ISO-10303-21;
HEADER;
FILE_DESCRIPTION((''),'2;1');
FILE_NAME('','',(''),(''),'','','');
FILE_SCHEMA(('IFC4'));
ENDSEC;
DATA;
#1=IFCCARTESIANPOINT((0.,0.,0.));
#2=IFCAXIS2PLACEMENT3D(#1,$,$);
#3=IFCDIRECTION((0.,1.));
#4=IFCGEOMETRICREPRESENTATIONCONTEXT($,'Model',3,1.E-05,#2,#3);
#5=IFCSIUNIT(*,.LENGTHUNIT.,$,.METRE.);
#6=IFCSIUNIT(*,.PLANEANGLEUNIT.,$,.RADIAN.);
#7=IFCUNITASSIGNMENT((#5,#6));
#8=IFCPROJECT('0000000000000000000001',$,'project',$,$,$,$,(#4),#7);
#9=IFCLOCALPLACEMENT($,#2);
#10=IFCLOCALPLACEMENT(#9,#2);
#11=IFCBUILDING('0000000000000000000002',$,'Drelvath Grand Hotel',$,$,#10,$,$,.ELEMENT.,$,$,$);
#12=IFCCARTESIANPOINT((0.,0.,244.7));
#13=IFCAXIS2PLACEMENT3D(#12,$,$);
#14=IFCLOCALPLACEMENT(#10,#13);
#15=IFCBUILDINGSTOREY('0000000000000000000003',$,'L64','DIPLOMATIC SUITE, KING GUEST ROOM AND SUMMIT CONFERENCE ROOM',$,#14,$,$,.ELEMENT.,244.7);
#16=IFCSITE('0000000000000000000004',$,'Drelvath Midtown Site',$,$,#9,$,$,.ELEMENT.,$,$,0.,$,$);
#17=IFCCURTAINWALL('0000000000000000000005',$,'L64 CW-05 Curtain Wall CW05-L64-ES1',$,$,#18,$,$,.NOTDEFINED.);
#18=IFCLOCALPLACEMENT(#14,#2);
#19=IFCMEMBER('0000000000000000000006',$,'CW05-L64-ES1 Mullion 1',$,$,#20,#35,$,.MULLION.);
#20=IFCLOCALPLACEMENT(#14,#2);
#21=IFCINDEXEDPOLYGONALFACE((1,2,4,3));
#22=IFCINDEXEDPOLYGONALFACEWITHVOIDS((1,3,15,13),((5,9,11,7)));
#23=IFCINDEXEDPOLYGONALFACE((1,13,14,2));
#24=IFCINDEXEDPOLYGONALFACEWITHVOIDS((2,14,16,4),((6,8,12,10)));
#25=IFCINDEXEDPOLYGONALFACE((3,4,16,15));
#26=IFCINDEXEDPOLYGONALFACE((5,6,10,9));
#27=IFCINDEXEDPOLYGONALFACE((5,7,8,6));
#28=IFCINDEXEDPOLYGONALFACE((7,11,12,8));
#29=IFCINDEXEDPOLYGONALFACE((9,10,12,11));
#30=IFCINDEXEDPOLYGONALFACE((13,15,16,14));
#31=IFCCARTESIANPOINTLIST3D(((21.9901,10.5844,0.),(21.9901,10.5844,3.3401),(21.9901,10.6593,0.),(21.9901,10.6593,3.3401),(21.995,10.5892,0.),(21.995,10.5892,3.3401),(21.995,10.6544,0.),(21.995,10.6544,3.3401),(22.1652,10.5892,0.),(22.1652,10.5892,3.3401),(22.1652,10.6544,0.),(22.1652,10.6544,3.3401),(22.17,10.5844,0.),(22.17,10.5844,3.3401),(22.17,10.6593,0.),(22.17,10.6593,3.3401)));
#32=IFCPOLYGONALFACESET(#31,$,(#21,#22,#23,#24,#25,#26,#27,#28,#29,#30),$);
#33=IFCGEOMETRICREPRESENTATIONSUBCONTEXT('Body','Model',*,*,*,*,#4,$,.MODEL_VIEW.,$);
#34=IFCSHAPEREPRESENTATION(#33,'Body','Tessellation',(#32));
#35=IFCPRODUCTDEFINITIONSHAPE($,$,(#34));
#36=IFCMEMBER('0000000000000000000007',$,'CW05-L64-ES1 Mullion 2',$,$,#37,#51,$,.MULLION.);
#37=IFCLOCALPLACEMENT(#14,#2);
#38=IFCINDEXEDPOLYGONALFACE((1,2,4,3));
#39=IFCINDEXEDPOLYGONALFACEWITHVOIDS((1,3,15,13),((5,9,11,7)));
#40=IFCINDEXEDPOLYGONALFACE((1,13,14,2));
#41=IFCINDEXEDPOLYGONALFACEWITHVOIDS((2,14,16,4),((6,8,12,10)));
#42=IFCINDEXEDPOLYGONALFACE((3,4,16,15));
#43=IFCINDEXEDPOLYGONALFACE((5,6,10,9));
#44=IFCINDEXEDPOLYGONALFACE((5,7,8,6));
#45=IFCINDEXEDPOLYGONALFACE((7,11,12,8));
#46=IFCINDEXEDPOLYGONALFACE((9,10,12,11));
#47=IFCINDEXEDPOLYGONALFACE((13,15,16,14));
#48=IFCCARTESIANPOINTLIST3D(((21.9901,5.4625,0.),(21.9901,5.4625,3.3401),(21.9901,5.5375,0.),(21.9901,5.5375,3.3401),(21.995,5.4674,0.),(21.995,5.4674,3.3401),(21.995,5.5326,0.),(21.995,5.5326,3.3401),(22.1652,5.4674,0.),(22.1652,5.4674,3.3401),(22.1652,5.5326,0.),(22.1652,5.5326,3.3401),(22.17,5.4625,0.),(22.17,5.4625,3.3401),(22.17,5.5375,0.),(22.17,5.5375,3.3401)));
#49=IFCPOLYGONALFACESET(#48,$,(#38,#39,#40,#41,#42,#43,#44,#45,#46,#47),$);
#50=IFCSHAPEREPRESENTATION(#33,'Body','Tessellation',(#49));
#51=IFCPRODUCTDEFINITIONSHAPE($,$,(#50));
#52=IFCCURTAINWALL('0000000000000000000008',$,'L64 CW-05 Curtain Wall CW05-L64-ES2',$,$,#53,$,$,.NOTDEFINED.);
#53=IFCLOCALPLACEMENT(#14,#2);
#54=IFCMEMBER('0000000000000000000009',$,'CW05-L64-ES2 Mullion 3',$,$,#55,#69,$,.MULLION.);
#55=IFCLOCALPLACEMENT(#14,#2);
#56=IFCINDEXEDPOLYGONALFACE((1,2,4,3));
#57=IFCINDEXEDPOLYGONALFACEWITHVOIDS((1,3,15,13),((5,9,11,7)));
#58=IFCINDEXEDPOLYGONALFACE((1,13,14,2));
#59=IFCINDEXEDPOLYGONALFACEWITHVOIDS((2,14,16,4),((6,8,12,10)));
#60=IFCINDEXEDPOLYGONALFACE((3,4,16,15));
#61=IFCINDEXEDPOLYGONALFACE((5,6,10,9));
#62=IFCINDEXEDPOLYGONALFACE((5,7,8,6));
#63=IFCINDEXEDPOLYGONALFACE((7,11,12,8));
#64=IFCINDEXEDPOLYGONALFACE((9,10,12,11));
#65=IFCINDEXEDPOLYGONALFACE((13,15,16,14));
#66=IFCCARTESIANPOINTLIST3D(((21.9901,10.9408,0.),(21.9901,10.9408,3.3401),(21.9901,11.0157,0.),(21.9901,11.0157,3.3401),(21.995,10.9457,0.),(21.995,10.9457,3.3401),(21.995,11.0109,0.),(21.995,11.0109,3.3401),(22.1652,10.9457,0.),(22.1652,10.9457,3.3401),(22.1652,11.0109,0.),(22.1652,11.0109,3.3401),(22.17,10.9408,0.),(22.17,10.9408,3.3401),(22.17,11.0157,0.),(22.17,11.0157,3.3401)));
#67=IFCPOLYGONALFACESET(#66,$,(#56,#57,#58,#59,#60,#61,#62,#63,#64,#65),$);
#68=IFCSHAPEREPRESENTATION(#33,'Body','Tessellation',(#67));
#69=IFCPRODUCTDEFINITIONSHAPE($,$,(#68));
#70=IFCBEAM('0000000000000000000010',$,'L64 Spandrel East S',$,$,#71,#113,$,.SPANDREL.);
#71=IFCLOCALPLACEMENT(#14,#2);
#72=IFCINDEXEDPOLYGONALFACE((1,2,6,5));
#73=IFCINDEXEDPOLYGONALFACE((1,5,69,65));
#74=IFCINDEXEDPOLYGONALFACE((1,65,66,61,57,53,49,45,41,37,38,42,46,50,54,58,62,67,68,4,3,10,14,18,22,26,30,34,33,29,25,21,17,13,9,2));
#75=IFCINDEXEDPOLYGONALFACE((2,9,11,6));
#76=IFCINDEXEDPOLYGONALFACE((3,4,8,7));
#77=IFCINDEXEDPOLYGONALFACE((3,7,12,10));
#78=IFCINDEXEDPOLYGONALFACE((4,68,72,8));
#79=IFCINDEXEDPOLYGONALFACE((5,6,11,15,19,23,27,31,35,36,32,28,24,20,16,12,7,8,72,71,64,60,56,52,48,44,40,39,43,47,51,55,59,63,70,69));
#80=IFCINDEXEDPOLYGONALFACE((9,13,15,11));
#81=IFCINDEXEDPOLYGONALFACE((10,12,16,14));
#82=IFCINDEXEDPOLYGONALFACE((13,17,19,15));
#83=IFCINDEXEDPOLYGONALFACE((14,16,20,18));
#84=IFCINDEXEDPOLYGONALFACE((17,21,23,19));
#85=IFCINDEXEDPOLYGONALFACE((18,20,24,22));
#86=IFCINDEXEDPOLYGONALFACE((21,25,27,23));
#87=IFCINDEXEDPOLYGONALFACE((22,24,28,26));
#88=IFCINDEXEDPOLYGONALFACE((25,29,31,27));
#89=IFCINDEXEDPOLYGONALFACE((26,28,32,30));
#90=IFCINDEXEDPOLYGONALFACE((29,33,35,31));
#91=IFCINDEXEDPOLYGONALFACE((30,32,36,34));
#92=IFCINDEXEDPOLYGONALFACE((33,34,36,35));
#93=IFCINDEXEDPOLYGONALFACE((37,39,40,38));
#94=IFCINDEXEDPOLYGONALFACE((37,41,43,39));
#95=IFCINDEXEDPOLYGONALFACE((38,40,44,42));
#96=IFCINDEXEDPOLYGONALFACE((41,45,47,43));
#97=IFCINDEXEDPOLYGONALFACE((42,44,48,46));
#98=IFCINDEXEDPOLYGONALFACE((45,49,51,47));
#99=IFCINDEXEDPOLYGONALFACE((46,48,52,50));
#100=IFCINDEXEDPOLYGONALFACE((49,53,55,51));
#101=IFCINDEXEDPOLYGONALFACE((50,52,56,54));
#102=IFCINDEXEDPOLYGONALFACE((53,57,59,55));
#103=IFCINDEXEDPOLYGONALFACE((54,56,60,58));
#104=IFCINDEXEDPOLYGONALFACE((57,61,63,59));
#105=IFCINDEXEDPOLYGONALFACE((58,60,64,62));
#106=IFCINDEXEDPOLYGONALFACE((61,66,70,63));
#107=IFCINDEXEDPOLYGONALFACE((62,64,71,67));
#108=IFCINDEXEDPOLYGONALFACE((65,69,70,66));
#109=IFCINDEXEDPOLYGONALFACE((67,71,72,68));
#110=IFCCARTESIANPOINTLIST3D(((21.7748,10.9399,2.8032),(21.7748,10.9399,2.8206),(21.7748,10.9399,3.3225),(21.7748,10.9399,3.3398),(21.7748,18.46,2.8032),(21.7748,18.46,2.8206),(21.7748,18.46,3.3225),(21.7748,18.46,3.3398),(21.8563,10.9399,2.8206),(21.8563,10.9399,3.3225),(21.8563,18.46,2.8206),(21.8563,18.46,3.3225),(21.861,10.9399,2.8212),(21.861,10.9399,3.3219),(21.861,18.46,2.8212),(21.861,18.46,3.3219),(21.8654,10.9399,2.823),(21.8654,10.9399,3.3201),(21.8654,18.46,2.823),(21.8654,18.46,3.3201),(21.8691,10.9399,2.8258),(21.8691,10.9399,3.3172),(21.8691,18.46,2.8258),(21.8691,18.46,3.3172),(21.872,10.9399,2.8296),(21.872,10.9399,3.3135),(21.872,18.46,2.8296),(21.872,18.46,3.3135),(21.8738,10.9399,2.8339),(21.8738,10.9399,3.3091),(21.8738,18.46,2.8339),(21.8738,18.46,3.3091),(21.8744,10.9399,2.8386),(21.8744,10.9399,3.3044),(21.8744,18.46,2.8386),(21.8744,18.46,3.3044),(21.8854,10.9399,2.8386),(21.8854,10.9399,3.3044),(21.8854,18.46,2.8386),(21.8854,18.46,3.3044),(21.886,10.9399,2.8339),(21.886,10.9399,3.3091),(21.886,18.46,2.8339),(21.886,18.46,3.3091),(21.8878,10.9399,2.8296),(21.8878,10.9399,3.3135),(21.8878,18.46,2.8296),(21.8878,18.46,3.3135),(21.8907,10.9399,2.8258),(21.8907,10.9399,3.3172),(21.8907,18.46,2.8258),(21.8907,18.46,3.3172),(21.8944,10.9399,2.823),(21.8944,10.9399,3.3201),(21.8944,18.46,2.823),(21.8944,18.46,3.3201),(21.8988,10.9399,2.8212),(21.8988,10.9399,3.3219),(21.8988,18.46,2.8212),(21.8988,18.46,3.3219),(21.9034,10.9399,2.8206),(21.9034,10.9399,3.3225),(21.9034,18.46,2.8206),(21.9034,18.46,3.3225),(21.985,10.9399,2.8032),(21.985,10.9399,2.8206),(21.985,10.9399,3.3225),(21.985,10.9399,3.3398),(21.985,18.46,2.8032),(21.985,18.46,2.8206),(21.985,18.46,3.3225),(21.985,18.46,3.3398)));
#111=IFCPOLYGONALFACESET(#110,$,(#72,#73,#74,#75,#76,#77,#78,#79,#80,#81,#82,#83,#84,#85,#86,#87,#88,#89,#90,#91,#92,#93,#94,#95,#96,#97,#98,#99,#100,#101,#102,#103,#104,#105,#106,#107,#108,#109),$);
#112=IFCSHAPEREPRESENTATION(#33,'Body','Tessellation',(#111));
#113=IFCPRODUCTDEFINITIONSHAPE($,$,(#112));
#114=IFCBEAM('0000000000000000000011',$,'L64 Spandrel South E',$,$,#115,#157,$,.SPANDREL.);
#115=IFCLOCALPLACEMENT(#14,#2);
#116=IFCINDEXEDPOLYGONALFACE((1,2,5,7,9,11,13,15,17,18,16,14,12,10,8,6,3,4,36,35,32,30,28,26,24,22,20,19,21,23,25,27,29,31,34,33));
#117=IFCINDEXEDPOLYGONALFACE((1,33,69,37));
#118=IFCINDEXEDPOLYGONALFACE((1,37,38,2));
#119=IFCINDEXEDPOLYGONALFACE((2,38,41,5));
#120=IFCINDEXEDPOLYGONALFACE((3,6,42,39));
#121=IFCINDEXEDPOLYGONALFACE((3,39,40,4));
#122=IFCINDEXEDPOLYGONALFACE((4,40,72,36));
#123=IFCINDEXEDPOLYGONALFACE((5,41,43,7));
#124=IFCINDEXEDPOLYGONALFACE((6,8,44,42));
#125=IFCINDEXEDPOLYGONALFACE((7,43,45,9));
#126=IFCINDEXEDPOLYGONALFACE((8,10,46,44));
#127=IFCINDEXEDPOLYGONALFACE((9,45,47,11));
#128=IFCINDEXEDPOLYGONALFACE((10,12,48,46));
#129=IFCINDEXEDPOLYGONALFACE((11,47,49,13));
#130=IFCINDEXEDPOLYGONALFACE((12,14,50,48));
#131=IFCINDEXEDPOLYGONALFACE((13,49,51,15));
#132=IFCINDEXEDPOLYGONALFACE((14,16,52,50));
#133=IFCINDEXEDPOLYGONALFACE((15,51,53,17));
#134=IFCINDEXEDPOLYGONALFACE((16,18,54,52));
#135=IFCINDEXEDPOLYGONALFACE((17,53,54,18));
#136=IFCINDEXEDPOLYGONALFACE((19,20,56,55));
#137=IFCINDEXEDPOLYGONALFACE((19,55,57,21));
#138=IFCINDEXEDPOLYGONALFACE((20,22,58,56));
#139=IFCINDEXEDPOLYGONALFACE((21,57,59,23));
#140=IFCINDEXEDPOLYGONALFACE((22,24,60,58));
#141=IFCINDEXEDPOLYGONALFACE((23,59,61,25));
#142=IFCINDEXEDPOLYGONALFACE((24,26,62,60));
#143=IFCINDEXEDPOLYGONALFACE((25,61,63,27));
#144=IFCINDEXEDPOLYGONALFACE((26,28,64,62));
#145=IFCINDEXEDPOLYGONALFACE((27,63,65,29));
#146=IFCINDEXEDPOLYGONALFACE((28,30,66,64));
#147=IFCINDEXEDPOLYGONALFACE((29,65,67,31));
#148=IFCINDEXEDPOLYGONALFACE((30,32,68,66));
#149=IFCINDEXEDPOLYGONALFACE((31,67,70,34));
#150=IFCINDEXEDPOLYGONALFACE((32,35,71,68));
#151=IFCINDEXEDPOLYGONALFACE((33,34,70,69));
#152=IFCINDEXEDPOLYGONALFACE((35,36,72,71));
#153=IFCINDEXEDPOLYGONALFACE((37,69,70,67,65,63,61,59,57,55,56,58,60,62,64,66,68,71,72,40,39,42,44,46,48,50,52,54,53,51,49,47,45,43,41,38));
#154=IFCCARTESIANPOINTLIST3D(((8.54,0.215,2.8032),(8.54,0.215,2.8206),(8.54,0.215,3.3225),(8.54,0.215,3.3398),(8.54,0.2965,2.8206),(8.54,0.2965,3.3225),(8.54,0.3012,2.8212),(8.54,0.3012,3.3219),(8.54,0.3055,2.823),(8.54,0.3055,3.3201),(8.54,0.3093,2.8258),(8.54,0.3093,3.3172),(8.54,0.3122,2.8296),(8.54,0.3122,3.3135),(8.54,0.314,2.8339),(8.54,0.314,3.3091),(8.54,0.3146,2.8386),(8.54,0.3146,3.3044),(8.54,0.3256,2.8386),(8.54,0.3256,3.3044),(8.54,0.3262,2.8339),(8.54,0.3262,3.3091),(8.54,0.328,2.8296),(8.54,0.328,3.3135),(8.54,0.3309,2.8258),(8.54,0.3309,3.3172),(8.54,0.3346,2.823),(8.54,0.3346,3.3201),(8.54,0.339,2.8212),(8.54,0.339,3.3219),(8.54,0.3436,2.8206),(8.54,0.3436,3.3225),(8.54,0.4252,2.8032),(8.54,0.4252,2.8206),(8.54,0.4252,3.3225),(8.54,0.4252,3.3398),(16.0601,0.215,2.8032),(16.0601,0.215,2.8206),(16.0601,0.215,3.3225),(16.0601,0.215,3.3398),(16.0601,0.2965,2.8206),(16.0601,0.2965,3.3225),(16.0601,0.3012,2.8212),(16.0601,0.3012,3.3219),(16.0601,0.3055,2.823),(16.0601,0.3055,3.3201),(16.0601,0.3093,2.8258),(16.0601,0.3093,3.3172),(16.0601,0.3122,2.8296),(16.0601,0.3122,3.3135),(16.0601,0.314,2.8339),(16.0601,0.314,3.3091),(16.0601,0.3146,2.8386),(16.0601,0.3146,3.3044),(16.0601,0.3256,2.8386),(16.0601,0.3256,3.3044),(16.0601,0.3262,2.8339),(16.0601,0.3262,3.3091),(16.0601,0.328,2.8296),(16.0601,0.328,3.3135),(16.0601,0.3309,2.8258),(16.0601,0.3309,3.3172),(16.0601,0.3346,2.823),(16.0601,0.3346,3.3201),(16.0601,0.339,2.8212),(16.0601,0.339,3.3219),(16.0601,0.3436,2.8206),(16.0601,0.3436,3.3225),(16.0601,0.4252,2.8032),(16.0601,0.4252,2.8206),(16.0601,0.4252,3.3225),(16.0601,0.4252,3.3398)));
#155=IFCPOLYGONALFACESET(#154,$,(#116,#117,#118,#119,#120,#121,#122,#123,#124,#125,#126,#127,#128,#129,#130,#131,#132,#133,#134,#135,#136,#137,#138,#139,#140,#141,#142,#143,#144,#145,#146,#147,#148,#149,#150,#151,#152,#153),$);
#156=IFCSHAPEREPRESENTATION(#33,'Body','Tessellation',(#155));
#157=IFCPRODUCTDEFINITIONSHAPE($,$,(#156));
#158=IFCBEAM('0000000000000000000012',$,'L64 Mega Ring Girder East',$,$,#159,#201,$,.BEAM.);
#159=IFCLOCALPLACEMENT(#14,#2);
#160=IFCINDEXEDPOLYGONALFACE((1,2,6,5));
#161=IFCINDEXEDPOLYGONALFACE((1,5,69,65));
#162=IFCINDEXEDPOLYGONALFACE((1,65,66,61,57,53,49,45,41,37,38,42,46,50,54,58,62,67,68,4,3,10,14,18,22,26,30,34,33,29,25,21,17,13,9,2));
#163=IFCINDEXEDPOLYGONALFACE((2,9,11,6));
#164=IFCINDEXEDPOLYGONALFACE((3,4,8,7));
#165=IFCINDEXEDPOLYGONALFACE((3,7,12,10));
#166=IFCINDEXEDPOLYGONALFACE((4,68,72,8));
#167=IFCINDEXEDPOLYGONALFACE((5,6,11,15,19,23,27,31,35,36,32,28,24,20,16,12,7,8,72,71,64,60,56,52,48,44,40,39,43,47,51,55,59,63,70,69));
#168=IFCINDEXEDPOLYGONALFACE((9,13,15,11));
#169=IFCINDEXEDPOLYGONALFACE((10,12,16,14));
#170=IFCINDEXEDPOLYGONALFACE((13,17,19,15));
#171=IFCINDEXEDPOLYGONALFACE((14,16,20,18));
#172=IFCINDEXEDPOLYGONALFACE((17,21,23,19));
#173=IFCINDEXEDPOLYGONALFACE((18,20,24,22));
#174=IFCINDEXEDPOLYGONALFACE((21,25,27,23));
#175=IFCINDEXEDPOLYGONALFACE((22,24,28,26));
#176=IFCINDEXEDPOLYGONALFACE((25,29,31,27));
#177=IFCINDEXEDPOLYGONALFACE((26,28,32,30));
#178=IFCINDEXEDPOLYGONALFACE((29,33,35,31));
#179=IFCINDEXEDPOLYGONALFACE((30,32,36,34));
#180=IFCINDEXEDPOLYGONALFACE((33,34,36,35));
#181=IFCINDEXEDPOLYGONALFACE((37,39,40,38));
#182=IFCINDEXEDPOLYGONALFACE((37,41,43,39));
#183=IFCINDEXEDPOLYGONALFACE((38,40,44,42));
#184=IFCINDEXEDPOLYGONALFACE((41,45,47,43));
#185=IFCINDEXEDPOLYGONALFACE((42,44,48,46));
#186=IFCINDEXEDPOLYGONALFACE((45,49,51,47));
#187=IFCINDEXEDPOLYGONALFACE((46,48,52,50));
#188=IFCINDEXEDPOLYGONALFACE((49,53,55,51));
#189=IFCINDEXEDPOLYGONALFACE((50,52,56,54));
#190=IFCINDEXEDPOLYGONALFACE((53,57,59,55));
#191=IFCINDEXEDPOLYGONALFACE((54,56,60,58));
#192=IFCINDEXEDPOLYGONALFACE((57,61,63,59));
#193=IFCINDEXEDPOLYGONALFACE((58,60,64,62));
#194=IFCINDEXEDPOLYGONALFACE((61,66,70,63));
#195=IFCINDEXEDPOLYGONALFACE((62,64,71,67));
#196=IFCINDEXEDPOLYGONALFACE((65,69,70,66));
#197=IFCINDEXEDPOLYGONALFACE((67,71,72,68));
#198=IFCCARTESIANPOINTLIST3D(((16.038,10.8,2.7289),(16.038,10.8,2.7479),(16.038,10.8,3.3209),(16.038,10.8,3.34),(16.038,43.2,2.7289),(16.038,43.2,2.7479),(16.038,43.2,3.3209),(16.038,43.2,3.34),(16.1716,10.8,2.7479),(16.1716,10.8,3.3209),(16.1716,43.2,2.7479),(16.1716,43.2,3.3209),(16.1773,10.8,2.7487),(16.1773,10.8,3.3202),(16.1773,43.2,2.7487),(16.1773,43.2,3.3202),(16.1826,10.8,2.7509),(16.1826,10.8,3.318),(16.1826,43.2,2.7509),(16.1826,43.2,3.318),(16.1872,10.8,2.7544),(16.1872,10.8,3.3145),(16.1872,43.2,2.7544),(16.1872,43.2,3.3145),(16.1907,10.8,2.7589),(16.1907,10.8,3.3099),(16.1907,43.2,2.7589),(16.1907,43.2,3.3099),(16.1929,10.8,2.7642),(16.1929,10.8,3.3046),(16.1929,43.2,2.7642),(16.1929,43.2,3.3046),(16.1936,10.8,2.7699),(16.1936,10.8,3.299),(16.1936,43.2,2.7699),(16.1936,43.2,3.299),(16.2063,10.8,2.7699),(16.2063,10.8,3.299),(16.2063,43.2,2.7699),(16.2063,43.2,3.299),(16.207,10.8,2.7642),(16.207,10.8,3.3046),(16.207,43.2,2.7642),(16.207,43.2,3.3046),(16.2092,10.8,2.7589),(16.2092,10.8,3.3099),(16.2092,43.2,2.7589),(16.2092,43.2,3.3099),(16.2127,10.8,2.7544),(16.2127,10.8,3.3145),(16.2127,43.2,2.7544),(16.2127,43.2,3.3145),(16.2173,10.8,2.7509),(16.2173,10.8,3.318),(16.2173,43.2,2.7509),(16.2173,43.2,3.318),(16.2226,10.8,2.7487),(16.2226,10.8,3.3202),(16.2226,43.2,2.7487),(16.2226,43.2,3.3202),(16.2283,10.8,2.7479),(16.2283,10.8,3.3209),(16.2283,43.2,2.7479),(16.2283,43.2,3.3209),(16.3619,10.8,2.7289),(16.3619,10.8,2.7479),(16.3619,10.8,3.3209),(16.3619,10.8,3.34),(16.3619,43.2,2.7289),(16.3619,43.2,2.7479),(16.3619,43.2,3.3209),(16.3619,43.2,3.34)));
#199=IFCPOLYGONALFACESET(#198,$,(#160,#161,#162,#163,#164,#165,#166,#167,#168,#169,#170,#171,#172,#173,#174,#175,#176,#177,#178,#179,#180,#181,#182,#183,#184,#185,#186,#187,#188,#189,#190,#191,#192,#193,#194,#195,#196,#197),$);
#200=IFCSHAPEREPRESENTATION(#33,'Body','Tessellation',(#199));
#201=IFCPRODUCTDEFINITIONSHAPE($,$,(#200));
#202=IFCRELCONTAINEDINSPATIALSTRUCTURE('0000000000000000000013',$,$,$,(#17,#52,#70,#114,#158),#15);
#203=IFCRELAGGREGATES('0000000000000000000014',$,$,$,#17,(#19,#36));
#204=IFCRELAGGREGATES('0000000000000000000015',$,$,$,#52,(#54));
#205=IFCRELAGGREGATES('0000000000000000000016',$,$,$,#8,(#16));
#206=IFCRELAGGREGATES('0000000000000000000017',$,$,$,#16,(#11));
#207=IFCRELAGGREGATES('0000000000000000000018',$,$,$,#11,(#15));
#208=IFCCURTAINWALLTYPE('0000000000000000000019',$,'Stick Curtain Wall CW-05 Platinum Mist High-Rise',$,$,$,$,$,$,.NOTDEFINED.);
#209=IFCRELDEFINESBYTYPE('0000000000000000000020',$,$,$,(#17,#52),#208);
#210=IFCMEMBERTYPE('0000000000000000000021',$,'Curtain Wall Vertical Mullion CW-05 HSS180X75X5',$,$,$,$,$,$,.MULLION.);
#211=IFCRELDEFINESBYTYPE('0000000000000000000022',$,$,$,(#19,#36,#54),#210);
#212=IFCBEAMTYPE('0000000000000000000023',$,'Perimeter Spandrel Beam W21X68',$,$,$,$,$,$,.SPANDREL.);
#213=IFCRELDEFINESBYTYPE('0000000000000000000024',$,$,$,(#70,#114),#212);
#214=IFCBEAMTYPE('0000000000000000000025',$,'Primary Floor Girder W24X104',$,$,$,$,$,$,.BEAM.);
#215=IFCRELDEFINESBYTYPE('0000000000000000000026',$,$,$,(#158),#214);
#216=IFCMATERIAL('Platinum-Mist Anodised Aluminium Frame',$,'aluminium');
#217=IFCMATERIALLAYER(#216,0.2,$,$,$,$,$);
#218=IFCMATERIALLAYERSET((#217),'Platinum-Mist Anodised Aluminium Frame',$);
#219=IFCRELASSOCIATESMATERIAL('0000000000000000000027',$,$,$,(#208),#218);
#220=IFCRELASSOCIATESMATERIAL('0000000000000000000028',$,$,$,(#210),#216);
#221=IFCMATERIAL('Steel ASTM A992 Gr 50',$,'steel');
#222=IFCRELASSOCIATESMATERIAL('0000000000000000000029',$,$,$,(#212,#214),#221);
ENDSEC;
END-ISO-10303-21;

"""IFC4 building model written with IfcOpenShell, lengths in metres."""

from ifc_helpers import new_model, si_unit, direction, frame, origin, origin_2d, place, context, subcontext, project, spatial, hollow_rectangle, i_section, extrude, material, layer, layer_set, material_profile, profile_set, type_object, element, aggregate, save


model = new_model("IFC4")

# Units and contexts
model_context = context("Model", 3, precision=1e-05, world=origin(), true_north=direction((0.0, 1.0)))
body_context = subcontext(model_context, "Body", "Model", "MODEL_VIEW")
ifc_project = project(units=[si_unit("LENGTHUNIT", "METRE"), si_unit("PLANEANGLEUNIT", "RADIAN")], contexts=[model_context])

# Site, building, storey
site_placement = place(None, origin())
site = spatial("IfcSite", under=ifc_project, at=site_placement, Name="Drelvath Midtown Site", CompositionType="ELEMENT", RefElevation=0.0)
building_placement = place(site_placement, origin())
building = spatial("IfcBuilding", under=site, at=building_placement, Name="Drelvath Grand Hotel", CompositionType="ELEMENT")
storey_placement = place(building_placement, frame((0.0, 0.0, 244.7)))
storey = spatial("IfcBuildingStorey", under=building, at=storey_placement, Name="L64", Description="DIPLOMATIC SUITE, KING GUEST ROOM AND SUMMIT CONFERENCE ROOM", CompositionType="ELEMENT", Elevation=244.7)

# Shared definitions
ifc_material_1 = material(Name="Steel ASTM A992 Gr 50", Category="steel")

# Curtain wall, members
ifc_material_2 = material(Name="Platinum-Mist Anodised Aluminium Frame", Category="aluminium")
ifc_layer_1 = layer(ifc_material_2, 0.2)
ifc_layer_set_1 = layer_set([ifc_layer_1], Name="Platinum-Mist Anodised Aluminium Frame")
curtain_wall_type = type_object("IfcCurtainWallType", Name="Stick Curtain Wall CW-05 Platinum Mist High-Rise", PredefinedType="NOTDEFINED", material=ifc_layer_set_1)
curtain_wall_1_placement = place(storey_placement, origin())
curtain_wall_1 = element("IfcCurtainWall", 1, at=curtain_wall_1_placement, inside=storey, type_object=curtain_wall_type, Name="L64 CW-05 Curtain Wall CW05-L64-ES1", PredefinedType="NOTDEFINED")
ifc_material_profile_1 = material_profile(ifc_material_2, hollow_rectangle(XDim=0.075, YDim=0.1799, WallThickness=0.0049, at=origin_2d()), Name="HSS180X75X5")
ifc_profile_set_1 = profile_set([ifc_material_profile_1], Name="Platinum-Mist Anodised Aluminium Frame")
member_type_1 = type_object("IfcMemberType", Name="Curtain Wall Vertical Mullion CW-05 HSS180X75X5", PredefinedType="MULLION", material=ifc_profile_set_1)
member_1_placement = place(storey_placement, frame((22.0801, 10.6218, 0.0), z_axis=(0.0, 0.0, 1.0), x_axis=(0.0, 1.0, 0.0)))
member_1 = element("IfcMember", 2, at=member_1_placement, type_object=member_type_1, Name="CW05-L64-ES1 Mullion 1", PredefinedType="MULLION", context=body_context, shape_type="SweptSolid", body=[
    extrude(hollow_rectangle(XDim=0.075, YDim=0.1799, WallThickness=0.0049, at=origin_2d()), origin(), (0.0, 0.0, 1.0), 3.3401),
])
member_2_placement = place(storey_placement, frame((22.0801, 5.5, 0.0), z_axis=(0.0, 0.0, 1.0), x_axis=(0.0, 1.0, 0.0)))
member_2 = element("IfcMember", 3, at=member_2_placement, type_object=member_type_1, Name="CW05-L64-ES1 Mullion 2", PredefinedType="MULLION", context=body_context, shape_type="SweptSolid", body=[
    extrude(hollow_rectangle(XDim=0.075, YDim=0.1799, WallThickness=0.0049, at=origin_2d()), origin(), (0.0, 0.0, 1.0), 3.3401),
])

# Curtain wall, member
curtain_wall_2_placement = place(storey_placement, origin())
curtain_wall_2 = element("IfcCurtainWall", 4, at=curtain_wall_2_placement, inside=storey, type_object=curtain_wall_type, Name="L64 CW-05 Curtain Wall CW05-L64-ES2", PredefinedType="NOTDEFINED")
member_3_placement = place(storey_placement, frame((22.0801, 10.9783, 0.0), z_axis=(0.0, 0.0, 1.0), x_axis=(0.0, 1.0, 0.0)))
member_3 = element("IfcMember", 5, at=member_3_placement, type_object=member_type_1, Name="CW05-L64-ES2 Mullion 3", PredefinedType="MULLION", context=body_context, shape_type="SweptSolid", body=[
    extrude(hollow_rectangle(XDim=0.075, YDim=0.1799, WallThickness=0.0049, at=origin_2d()), origin(), (0.0, 0.0, 1.0), 3.3401),
])

# Beams
ifc_material_profile_2 = material_profile(ifc_material_1, i_section(OverallWidth=0.2102, OverallDepth=0.5366, WebThickness=0.011, FlangeThickness=0.0173, FilletRadius=0.0181, at=origin_2d()), Name="W21X68")
ifc_profile_set_2 = profile_set([ifc_material_profile_2], Name="Steel ASTM A992 Gr 50")
beam_type_1 = type_object("IfcBeamType", Name="Perimeter Spandrel Beam W21X68", PredefinedType="SPANDREL", material=ifc_profile_set_2)
for number, where, z_axis, x_axis, name in (
    (6, (21.8799, 10.9399, 3.0715), (0.0, 1.0, 0.0), (-1.0, 0.0, 0.0), "L64 Spandrel East S"),
    (7, (8.54, 0.3201, 3.0715), (1.0, 0.0, 0.0), (0.0, 1.0, 0.0), "L64 Spandrel South E"),
):
    element("IfcBeam", number, at=place(storey_placement, frame(where, z_axis=z_axis, x_axis=x_axis)), inside=storey, type_object=beam_type_1, Name=name, PredefinedType="SPANDREL", context=body_context, shape_type="SweptSolid", body=[
        extrude(i_section(OverallWidth=0.2102, OverallDepth=0.5366, WebThickness=0.011, FlangeThickness=0.0173, FilletRadius=0.0181, at=origin_2d()), origin(), (0.0, 0.0, 1.0), 7.52),
    ])
ifc_material_profile_3 = material_profile(ifc_material_1, i_section(OverallWidth=0.324, OverallDepth=0.6111, WebThickness=0.0127, FlangeThickness=0.019, FilletRadius=0.022, at=origin_2d()), Name="W24X104")
ifc_profile_set_3 = profile_set([ifc_material_profile_3], Name="Steel ASTM A992 Gr 50")
beam_type_2 = type_object("IfcBeamType", Name="Primary Floor Girder W24X104", PredefinedType="BEAM", material=ifc_profile_set_3)
beam_1_placement = place(storey_placement, frame((16.2, 10.8, 3.0344), z_axis=(0.0, 1.0, 0.0), x_axis=(-1.0, 0.0, 0.0)))
element("IfcBeam", 8, at=beam_1_placement, inside=storey, type_object=beam_type_2, Name="L64 Mega Ring Girder East", PredefinedType="BEAM", context=body_context, shape_type="SweptSolid", body=[
    extrude(i_section(OverallWidth=0.324, OverallDepth=0.6111, WebThickness=0.0127, FlangeThickness=0.019, FilletRadius=0.022, at=origin_2d()), origin(), (0.0, 0.0, 1.0), 32.3999),
])

aggregate(curtain_wall_1, [member_1, member_2])
aggregate(curtain_wall_2, [member_3])

save(model, "model.ifc")
